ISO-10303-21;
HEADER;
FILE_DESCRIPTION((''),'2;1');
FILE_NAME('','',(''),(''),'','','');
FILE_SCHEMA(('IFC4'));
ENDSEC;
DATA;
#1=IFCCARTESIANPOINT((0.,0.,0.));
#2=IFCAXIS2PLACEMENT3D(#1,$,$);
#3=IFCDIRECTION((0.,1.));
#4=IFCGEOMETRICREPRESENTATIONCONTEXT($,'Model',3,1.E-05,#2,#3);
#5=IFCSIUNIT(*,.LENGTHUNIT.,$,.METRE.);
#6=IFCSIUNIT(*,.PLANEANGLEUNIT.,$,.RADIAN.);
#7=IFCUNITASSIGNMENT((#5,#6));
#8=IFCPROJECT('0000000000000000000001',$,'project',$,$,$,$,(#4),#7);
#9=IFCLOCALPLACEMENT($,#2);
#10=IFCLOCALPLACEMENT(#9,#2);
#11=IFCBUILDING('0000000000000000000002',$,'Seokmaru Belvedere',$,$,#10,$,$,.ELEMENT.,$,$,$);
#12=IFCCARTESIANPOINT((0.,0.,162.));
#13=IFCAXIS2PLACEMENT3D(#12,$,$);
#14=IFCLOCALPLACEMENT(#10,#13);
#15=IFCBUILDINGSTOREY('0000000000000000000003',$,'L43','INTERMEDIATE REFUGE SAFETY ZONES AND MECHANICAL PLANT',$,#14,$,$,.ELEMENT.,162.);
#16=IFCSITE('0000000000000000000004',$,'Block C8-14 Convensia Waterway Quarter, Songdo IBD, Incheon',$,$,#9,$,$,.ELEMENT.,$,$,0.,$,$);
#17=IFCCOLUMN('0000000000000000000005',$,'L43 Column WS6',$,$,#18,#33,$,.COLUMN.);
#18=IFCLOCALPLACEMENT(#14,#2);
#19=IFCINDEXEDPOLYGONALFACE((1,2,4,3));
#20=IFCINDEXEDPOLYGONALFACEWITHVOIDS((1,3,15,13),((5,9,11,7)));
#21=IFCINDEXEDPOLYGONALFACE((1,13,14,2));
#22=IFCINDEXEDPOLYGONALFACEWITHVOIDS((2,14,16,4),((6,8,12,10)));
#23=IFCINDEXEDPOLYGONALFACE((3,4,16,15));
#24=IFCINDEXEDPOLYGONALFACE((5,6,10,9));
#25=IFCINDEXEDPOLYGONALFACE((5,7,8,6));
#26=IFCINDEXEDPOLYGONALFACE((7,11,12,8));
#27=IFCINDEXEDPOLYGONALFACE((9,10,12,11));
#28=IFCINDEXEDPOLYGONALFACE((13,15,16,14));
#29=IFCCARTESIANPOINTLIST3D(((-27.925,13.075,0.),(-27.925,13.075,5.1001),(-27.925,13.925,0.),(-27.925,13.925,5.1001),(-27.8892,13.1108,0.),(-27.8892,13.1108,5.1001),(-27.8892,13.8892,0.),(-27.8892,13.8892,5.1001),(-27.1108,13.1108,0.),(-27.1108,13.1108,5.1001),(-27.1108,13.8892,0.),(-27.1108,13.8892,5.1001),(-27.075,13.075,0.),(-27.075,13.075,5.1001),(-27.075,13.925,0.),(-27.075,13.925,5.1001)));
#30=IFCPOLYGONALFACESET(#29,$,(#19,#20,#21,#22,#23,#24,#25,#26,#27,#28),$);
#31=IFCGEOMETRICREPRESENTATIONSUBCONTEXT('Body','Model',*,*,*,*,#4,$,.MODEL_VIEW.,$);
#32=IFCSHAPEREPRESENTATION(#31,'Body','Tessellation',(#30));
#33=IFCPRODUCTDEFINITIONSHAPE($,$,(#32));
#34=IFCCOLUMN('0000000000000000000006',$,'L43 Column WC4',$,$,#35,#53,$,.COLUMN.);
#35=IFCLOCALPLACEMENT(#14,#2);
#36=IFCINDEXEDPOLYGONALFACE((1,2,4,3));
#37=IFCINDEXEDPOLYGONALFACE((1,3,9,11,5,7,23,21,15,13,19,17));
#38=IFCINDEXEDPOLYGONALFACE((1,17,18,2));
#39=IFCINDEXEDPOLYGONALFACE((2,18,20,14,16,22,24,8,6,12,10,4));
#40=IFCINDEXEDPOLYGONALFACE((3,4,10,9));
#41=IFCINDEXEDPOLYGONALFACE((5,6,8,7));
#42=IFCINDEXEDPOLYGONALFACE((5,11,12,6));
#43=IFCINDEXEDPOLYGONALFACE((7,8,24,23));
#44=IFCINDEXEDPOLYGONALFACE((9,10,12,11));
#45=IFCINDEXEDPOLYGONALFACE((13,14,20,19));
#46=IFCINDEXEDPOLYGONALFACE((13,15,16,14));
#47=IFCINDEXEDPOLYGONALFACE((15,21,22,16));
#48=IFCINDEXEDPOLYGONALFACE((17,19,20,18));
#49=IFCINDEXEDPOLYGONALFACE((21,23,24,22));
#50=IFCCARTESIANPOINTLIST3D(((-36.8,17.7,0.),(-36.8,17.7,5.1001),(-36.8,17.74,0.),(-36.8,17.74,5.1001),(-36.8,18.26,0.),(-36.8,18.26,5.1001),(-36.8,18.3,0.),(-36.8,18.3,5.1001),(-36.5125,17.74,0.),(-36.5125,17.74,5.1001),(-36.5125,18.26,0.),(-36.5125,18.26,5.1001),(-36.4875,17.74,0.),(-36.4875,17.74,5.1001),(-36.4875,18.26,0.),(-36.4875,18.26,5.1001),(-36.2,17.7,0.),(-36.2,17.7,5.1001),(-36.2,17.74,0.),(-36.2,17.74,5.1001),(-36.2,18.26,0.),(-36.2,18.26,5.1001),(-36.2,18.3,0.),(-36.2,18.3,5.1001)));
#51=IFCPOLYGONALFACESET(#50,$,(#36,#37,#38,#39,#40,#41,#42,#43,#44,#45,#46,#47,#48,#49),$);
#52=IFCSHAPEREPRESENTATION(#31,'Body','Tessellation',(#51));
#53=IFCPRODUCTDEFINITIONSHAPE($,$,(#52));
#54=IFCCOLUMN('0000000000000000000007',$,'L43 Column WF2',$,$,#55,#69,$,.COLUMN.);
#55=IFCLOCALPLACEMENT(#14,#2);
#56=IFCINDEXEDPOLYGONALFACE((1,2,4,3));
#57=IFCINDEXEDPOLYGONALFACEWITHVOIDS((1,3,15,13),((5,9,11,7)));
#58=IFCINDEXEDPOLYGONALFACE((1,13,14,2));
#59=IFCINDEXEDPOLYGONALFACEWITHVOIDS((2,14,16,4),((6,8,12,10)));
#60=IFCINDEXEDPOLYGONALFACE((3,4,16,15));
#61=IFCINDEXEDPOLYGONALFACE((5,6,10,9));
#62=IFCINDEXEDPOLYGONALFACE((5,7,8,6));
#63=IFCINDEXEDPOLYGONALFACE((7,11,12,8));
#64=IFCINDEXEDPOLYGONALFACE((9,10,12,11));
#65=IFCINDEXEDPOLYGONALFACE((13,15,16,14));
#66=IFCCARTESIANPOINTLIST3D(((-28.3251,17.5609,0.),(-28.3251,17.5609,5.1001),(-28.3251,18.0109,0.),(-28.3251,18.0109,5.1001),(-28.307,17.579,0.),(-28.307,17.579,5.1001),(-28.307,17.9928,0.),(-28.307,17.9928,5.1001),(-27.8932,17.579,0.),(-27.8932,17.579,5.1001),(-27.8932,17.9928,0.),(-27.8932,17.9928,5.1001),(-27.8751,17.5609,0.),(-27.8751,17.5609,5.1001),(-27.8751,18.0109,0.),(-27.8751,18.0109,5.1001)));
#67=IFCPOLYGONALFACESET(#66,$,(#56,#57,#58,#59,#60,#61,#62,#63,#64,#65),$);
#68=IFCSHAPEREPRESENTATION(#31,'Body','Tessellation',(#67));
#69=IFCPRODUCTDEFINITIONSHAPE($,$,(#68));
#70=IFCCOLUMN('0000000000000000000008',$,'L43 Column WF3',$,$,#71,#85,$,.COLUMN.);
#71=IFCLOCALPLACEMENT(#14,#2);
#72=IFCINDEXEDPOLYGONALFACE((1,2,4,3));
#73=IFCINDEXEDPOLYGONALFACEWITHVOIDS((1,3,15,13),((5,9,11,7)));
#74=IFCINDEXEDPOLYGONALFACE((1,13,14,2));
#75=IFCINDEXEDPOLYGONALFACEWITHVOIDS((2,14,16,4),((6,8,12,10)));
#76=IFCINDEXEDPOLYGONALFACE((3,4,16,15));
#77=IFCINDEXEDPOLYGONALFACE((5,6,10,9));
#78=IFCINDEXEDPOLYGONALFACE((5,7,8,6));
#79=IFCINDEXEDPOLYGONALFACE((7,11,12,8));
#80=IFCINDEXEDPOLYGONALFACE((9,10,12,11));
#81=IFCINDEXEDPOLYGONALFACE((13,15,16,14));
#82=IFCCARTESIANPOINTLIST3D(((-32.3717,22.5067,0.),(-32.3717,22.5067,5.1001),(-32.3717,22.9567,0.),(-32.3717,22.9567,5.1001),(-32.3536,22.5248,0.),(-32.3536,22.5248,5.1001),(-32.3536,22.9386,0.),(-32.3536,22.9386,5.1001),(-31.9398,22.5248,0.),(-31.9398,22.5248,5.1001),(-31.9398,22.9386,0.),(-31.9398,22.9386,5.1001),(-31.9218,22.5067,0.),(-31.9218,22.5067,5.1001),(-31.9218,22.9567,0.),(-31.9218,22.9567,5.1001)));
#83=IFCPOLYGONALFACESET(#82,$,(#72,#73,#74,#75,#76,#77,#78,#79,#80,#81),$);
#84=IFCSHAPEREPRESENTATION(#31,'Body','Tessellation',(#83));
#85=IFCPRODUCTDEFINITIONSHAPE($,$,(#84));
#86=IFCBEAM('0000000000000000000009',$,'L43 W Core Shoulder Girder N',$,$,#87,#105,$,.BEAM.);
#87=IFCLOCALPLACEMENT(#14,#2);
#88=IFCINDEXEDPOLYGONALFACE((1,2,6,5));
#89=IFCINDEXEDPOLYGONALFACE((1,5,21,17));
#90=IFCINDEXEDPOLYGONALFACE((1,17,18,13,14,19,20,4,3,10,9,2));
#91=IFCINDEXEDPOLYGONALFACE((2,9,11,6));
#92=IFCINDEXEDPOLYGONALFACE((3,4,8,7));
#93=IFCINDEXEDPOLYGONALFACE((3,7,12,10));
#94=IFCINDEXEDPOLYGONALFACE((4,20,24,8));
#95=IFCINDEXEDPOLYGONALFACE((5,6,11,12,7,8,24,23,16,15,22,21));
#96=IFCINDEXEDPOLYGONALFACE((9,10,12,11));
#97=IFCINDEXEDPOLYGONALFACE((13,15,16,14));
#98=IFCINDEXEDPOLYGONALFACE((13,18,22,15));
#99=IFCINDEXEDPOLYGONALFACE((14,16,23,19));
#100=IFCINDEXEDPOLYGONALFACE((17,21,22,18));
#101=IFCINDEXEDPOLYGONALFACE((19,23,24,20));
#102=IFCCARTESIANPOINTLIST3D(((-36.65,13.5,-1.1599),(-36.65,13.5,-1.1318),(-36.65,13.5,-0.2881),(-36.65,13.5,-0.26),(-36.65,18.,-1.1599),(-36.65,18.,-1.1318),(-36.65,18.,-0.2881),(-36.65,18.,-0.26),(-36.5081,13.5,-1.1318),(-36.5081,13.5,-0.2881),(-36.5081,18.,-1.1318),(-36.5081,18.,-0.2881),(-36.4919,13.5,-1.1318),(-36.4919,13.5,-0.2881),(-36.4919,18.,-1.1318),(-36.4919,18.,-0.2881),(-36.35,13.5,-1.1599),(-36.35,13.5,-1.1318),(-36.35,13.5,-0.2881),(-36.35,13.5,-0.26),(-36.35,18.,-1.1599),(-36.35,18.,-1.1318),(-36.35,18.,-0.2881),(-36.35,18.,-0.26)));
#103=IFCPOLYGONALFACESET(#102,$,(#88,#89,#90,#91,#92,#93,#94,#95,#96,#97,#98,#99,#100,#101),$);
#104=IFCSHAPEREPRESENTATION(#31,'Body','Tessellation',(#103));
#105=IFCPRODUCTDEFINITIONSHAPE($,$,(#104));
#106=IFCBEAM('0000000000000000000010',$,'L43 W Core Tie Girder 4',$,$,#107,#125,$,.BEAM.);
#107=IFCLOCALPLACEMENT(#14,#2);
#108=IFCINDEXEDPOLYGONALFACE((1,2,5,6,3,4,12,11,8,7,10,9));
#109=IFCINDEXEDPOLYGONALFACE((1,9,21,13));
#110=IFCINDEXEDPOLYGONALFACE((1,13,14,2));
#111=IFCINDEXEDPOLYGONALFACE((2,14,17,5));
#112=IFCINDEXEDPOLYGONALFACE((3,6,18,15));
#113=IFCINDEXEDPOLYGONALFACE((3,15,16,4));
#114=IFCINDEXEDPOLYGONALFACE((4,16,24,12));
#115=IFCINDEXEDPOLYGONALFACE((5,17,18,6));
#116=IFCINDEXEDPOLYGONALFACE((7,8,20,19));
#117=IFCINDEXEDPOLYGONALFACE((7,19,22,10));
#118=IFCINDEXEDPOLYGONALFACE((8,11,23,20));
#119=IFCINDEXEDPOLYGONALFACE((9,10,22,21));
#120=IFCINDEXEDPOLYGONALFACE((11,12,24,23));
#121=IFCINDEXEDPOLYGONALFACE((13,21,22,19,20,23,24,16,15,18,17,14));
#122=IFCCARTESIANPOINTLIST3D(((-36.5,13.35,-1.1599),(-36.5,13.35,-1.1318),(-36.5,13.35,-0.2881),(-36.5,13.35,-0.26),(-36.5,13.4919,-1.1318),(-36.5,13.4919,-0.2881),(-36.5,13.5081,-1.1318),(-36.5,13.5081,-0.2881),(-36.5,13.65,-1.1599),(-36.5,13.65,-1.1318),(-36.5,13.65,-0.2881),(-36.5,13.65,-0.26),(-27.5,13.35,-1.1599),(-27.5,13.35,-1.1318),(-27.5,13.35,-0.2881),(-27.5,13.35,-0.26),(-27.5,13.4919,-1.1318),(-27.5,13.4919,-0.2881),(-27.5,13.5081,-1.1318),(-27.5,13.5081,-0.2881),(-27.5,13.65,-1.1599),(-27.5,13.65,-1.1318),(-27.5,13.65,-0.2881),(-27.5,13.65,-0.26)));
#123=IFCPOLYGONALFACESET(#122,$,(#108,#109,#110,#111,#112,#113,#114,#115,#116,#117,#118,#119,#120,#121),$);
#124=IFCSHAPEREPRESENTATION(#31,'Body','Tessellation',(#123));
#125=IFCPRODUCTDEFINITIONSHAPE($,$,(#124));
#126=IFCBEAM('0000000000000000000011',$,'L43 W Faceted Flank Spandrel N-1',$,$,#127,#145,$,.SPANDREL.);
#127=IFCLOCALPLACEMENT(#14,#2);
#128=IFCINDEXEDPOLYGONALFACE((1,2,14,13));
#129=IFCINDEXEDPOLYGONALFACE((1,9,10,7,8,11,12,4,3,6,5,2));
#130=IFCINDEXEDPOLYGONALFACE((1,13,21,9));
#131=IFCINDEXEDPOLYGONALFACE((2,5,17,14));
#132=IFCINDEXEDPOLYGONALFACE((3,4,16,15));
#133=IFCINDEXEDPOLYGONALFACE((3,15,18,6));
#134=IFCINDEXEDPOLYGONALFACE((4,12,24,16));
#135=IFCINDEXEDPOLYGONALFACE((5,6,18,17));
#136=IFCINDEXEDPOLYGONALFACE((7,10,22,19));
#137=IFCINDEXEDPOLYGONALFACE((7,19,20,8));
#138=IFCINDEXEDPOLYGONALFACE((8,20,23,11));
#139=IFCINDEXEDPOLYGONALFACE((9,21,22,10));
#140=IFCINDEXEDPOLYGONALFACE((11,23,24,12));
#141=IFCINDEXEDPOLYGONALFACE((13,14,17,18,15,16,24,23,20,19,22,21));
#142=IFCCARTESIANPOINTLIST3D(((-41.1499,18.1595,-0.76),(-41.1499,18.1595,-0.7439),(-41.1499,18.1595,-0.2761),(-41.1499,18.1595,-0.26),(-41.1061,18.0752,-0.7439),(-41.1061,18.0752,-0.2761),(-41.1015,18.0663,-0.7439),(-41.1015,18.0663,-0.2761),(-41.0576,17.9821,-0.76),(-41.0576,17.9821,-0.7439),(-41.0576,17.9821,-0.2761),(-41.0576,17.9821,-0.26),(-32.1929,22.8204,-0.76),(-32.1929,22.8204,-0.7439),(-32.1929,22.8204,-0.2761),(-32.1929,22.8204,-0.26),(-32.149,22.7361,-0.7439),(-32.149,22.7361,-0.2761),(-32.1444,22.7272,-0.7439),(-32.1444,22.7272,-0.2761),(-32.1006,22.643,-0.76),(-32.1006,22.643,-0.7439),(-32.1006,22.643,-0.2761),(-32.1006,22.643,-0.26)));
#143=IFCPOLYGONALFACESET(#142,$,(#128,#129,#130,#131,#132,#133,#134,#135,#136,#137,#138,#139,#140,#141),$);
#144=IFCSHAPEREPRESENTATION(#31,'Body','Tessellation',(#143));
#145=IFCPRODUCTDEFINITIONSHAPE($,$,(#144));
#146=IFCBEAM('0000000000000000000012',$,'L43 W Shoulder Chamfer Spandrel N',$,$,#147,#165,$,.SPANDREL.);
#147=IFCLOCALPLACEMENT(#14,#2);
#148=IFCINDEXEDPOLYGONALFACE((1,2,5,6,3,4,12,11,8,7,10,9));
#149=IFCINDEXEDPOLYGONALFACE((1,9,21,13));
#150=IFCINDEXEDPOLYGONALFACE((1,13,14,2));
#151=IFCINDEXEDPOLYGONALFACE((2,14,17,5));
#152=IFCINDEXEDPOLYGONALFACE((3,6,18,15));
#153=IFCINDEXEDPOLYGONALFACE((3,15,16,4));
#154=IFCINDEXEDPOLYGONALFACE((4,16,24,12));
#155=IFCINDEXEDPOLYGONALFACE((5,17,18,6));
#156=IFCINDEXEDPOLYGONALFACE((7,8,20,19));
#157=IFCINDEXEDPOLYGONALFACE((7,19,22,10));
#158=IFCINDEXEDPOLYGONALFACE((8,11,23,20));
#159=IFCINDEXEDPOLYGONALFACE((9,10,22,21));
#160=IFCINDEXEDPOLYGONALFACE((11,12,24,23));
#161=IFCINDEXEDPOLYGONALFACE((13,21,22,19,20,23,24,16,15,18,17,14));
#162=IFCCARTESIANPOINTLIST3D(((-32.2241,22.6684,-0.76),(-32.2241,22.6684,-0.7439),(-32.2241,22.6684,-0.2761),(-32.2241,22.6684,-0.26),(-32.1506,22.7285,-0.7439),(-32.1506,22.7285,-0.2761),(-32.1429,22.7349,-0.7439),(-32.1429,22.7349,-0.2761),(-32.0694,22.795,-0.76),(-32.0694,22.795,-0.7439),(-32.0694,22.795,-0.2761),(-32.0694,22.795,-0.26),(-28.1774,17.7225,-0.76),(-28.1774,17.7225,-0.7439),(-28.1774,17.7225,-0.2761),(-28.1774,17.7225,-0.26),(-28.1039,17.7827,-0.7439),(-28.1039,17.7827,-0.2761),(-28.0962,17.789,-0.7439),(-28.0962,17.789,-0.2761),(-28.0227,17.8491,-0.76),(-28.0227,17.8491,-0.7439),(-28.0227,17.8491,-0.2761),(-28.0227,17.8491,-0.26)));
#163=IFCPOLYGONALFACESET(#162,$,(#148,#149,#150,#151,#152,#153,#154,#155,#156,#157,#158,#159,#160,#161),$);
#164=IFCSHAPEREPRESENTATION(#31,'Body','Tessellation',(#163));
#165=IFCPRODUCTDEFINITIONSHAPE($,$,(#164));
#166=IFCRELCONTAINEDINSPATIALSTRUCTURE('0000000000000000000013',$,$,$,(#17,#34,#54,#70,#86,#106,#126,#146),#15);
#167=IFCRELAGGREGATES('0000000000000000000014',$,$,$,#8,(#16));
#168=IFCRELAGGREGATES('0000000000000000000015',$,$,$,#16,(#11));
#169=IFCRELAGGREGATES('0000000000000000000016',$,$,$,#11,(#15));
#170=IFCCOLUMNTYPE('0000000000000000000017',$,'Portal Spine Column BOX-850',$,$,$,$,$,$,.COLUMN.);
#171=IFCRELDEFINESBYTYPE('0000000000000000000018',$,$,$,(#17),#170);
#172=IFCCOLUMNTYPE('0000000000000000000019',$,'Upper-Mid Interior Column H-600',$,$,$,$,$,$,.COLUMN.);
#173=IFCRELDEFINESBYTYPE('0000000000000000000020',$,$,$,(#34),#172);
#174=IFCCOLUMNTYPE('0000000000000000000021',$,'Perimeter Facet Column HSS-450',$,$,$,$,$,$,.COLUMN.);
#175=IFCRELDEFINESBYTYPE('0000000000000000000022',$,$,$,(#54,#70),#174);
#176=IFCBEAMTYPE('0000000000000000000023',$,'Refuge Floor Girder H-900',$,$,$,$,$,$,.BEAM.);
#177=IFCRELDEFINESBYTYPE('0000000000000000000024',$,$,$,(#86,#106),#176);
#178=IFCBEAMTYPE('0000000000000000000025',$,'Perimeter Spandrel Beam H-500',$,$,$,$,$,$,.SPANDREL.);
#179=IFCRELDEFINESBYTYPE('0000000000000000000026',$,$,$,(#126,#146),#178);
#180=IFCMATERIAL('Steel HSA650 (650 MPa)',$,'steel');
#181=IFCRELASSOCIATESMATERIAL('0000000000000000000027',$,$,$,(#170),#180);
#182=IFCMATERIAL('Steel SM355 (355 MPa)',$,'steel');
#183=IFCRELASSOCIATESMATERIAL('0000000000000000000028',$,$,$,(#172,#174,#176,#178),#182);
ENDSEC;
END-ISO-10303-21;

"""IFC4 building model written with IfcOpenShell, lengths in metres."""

from ifc_helpers import new_model, si_unit, direction, frame, origin, origin_2d, place, context, subcontext, project, spatial, hollow_rectangle, i_section, extrude, source, transform, mapped, material, material_profile, profile_set, type_object, type_shapes, element, save


model = new_model("IFC4")

# Units and contexts
model_context = context("Model", 3, precision=1e-05, world=origin(), true_north=direction((0.0, 1.0)))
body_context = subcontext(model_context, "Body", "Model", "MODEL_VIEW")
ifc_project = project(units=[si_unit("LENGTHUNIT", "METRE"), si_unit("PLANEANGLEUNIT", "RADIAN")], contexts=[model_context])

# Site, building, storey
site_placement = place(None, origin())
site = spatial("IfcSite", under=ifc_project, at=site_placement, Name="Block C8-14 Convensia Waterway Quarter, Songdo IBD, Incheon", CompositionType="ELEMENT", RefElevation=0.0)
building_placement = place(site_placement, origin())
building = spatial("IfcBuilding", under=site, at=building_placement, Name="Seokmaru Belvedere", CompositionType="ELEMENT")
storey_placement = place(building_placement, frame((0.0, 0.0, 162.0)))
storey = spatial("IfcBuildingStorey", under=building, at=storey_placement, Name="L43", Description="INTERMEDIATE REFUGE SAFETY ZONES AND MECHANICAL PLANT", CompositionType="ELEMENT", Elevation=162.0)

# Columns
ifc_material_1 = material(Name="Steel HSA650 (650 MPa)", Category="steel")
ifc_material_profile_1 = material_profile(ifc_material_1, hollow_rectangle(XDim=0.8501, YDim=0.8501, WallThickness=0.0359, at=origin_2d()), Name="BOX-850x850x36")
ifc_profile_set_1 = profile_set([ifc_material_profile_1], Name="Steel HSA650 (650 MPa)")
column_type_1 = type_object("IfcColumnType", Name="Portal Spine Column BOX-850", PredefinedType="COLUMN", material=ifc_profile_set_1)
shared_shape_1 = source(origin(), body_context, "Body", "SweptSolid", [
    extrude(hollow_rectangle(XDim=0.8501, YDim=0.8501, WallThickness=0.0359, at=origin_2d()), origin(), (0.0, 0.0, 1.0), 5.1001),
])
type_shapes(column_type_1, [shared_shape_1])
column_1_placement = place(storey_placement, frame((-27.5, 13.5, 0.0), z_axis=(0.0, 0.0, 1.0), x_axis=(1.0, 0.0, 0.0)))
element("IfcColumn", 1, at=column_1_placement, inside=storey, type_object=column_type_1, Name="L43 Column WS6", PredefinedType="COLUMN", context=body_context, shape_type="MappedRepresentation", body=[
    mapped(shared_shape_1, transform((0.0, 0.0, 0.0), scale=1.0)),
])
ifc_material_2 = material(Name="Steel SM355 (355 MPa)", Category="steel")
ifc_material_profile_2 = material_profile(ifc_material_2, i_section(OverallWidth=0.6001, OverallDepth=0.6001, WebThickness=0.0249, FlangeThickness=0.04, at=origin_2d()), Name="H-600x600x25x40")
ifc_profile_set_2 = profile_set([ifc_material_profile_2], Name="Steel SM355 (355 MPa)")
column_type_2 = type_object("IfcColumnType", Name="Upper-Mid Interior Column H-600", PredefinedType="COLUMN", material=ifc_profile_set_2)
shared_shape_2 = source(origin(), body_context, "Body", "SweptSolid", [
    extrude(i_section(OverallWidth=0.6001, OverallDepth=0.6001, WebThickness=0.0249, FlangeThickness=0.04, at=origin_2d()), origin(), (0.0, 0.0, 1.0), 5.1001),
])
type_shapes(column_type_2, [shared_shape_2])
column_2_placement = place(storey_placement, frame((-36.5, 18.0, 0.0), z_axis=(0.0, 0.0, 1.0), x_axis=(1.0, 0.0, 0.0)))
element("IfcColumn", 2, at=column_2_placement, inside=storey, type_object=column_type_2, Name="L43 Column WC4", PredefinedType="COLUMN", context=body_context, shape_type="MappedRepresentation", body=[
    mapped(shared_shape_2, transform((0.0, 0.0, 0.0), scale=1.0)),
])
ifc_material_profile_3 = material_profile(ifc_material_2, hollow_rectangle(XDim=0.45, YDim=0.45, WallThickness=0.0181, at=origin_2d()), Name="HSS-450x450x18")
ifc_profile_set_3 = profile_set([ifc_material_profile_3], Name="Steel SM355 (355 MPa)")
column_type_3 = type_object("IfcColumnType", Name="Perimeter Facet Column HSS-450", PredefinedType="COLUMN", material=ifc_profile_set_3)
shared_shape_3 = source(origin(), body_context, "Body", "SweptSolid", [
    extrude(hollow_rectangle(XDim=0.45, YDim=0.45, WallThickness=0.0181, at=origin_2d()), origin(), (0.0, 0.0, 1.0), 5.1001),
])
type_shapes(column_type_3, [shared_shape_3])
for number, where, z_axis, x_axis, name in (
    (3, (-28.1001, 17.7859, 0.0), (0.0, 0.0, 1.0), (1.0, 0.0, 0.0), "L43 Column WF2"),
    (4, (-32.1467, 22.7317, 0.0), (0.0, 0.0, 1.0), (1.0, 0.0, 0.0), "L43 Column WF3"),
):
    element("IfcColumn", number, at=place(storey_placement, frame(where, z_axis=z_axis, x_axis=x_axis)), inside=storey, type_object=column_type_3, Name=name, PredefinedType="COLUMN", context=body_context, shape_type="MappedRepresentation", body=[
        mapped(shared_shape_3, transform((0.0, 0.0, 0.0), scale=1.0)),
    ])

# Beams
ifc_material_profile_4 = material_profile(ifc_material_2, i_section(OverallWidth=0.3, OverallDepth=0.8999, WebThickness=0.0161, FlangeThickness=0.0281, at=origin_2d()), Name="H-900x300x16x28")
ifc_profile_set_4 = profile_set([ifc_material_profile_4], Name="Steel SM355 (355 MPa)")
beam_type_1 = type_object("IfcBeamType", Name="Refuge Floor Girder H-900", PredefinedType="BEAM", material=ifc_profile_set_4)
shared_shape_4 = source(origin(), body_context, "Body", "SweptSolid", [
    extrude(i_section(OverallWidth=0.3, OverallDepth=0.8999, WebThickness=0.0161, FlangeThickness=0.0281, at=origin_2d()), origin(), (0.0, 0.0, 1.0), 4.5),
])
beam_1_placement = place(storey_placement, frame((-36.5, 13.5, -0.71), z_axis=(0.0, 1.0, 0.0), x_axis=(-1.0, 0.0, 0.0)))
element("IfcBeam", 5, at=beam_1_placement, inside=storey, type_object=beam_type_1, Name="L43 W Core Shoulder Girder N", PredefinedType="BEAM", context=body_context, shape_type="MappedRepresentation", body=[
    mapped(shared_shape_4, transform((0.0, 0.0, 0.0), scale=1.0)),
])
shared_shape_5 = source(origin(), body_context, "Body", "SweptSolid", [
    extrude(i_section(OverallWidth=0.3, OverallDepth=0.8999, WebThickness=0.0161, FlangeThickness=0.0281, at=origin_2d()), origin(), (0.0, 0.0, 1.0), 9.0),
])
type_shapes(beam_type_1, [shared_shape_4, shared_shape_5])
beam_2_placement = place(storey_placement, frame((-36.5, 13.5, -0.71), z_axis=(1.0, 0.0, 0.0), x_axis=(0.0, 1.0, 0.0)))
element("IfcBeam", 6, at=beam_2_placement, inside=storey, type_object=beam_type_1, Name="L43 W Core Tie Girder 4", PredefinedType="BEAM", context=body_context, shape_type="MappedRepresentation", body=[
    mapped(shared_shape_5, transform((0.0, 0.0, 0.0), scale=1.0)),
])
ifc_material_profile_5 = material_profile(ifc_material_2, i_section(OverallWidth=0.2, OverallDepth=0.5, WebThickness=0.01, FlangeThickness=0.0161, at=origin_2d()), Name="H-500x200x10x16")
ifc_profile_set_5 = profile_set([ifc_material_profile_5], Name="Steel SM355 (355 MPa)")
beam_type_2 = type_object("IfcBeamType", Name="Perimeter Spandrel Beam H-500", PredefinedType="SPANDREL", material=ifc_profile_set_5)
shared_shape_6 = source(origin(), body_context, "Body", "SweptSolid", [
    extrude(i_section(OverallWidth=0.2, OverallDepth=0.5, WebThickness=0.01, FlangeThickness=0.0161, at=origin_2d()), origin(), (0.0, 0.0, 1.0), 10.0972),
])
beam_3_placement = place(storey_placement, frame((-32.1467, 22.7317, -0.51), z_axis=(-0.887086, -0.461605, 0.0), x_axis=(0.461605, -0.887086, 0.0)))
element("IfcBeam", 7, at=beam_3_placement, inside=storey, type_object=beam_type_2, Name="L43 W Faceted Flank Spandrel N-1", PredefinedType="SPANDREL", context=body_context, shape_type="MappedRepresentation", body=[
    mapped(shared_shape_6, transform((0.0, 0.0, 0.0), scale=1.0)),
])
shared_shape_7 = source(origin(), body_context, "Body", "SweptSolid", [
    extrude(i_section(OverallWidth=0.2, OverallDepth=0.5, WebThickness=0.01, FlangeThickness=0.0161, at=origin_2d()), origin(), (0.0, 0.0, 1.0), 6.3904),
])
beam_4_placement = place(storey_placement, frame((-32.1467, 22.7317, -0.51), z_axis=(0.633244, -0.773952, 0.0), x_axis=(0.773952, 0.633244, 0.0)))
element("IfcBeam", 8, at=beam_4_placement, inside=storey, type_object=beam_type_2, Name="L43 W Shoulder Chamfer Spandrel N", PredefinedType="SPANDREL", context=body_context, shape_type="MappedRepresentation", body=[
    mapped(shared_shape_7, transform((0.0, 0.0, 0.0), scale=1.0)),
])

save(model, "model.ifc")
